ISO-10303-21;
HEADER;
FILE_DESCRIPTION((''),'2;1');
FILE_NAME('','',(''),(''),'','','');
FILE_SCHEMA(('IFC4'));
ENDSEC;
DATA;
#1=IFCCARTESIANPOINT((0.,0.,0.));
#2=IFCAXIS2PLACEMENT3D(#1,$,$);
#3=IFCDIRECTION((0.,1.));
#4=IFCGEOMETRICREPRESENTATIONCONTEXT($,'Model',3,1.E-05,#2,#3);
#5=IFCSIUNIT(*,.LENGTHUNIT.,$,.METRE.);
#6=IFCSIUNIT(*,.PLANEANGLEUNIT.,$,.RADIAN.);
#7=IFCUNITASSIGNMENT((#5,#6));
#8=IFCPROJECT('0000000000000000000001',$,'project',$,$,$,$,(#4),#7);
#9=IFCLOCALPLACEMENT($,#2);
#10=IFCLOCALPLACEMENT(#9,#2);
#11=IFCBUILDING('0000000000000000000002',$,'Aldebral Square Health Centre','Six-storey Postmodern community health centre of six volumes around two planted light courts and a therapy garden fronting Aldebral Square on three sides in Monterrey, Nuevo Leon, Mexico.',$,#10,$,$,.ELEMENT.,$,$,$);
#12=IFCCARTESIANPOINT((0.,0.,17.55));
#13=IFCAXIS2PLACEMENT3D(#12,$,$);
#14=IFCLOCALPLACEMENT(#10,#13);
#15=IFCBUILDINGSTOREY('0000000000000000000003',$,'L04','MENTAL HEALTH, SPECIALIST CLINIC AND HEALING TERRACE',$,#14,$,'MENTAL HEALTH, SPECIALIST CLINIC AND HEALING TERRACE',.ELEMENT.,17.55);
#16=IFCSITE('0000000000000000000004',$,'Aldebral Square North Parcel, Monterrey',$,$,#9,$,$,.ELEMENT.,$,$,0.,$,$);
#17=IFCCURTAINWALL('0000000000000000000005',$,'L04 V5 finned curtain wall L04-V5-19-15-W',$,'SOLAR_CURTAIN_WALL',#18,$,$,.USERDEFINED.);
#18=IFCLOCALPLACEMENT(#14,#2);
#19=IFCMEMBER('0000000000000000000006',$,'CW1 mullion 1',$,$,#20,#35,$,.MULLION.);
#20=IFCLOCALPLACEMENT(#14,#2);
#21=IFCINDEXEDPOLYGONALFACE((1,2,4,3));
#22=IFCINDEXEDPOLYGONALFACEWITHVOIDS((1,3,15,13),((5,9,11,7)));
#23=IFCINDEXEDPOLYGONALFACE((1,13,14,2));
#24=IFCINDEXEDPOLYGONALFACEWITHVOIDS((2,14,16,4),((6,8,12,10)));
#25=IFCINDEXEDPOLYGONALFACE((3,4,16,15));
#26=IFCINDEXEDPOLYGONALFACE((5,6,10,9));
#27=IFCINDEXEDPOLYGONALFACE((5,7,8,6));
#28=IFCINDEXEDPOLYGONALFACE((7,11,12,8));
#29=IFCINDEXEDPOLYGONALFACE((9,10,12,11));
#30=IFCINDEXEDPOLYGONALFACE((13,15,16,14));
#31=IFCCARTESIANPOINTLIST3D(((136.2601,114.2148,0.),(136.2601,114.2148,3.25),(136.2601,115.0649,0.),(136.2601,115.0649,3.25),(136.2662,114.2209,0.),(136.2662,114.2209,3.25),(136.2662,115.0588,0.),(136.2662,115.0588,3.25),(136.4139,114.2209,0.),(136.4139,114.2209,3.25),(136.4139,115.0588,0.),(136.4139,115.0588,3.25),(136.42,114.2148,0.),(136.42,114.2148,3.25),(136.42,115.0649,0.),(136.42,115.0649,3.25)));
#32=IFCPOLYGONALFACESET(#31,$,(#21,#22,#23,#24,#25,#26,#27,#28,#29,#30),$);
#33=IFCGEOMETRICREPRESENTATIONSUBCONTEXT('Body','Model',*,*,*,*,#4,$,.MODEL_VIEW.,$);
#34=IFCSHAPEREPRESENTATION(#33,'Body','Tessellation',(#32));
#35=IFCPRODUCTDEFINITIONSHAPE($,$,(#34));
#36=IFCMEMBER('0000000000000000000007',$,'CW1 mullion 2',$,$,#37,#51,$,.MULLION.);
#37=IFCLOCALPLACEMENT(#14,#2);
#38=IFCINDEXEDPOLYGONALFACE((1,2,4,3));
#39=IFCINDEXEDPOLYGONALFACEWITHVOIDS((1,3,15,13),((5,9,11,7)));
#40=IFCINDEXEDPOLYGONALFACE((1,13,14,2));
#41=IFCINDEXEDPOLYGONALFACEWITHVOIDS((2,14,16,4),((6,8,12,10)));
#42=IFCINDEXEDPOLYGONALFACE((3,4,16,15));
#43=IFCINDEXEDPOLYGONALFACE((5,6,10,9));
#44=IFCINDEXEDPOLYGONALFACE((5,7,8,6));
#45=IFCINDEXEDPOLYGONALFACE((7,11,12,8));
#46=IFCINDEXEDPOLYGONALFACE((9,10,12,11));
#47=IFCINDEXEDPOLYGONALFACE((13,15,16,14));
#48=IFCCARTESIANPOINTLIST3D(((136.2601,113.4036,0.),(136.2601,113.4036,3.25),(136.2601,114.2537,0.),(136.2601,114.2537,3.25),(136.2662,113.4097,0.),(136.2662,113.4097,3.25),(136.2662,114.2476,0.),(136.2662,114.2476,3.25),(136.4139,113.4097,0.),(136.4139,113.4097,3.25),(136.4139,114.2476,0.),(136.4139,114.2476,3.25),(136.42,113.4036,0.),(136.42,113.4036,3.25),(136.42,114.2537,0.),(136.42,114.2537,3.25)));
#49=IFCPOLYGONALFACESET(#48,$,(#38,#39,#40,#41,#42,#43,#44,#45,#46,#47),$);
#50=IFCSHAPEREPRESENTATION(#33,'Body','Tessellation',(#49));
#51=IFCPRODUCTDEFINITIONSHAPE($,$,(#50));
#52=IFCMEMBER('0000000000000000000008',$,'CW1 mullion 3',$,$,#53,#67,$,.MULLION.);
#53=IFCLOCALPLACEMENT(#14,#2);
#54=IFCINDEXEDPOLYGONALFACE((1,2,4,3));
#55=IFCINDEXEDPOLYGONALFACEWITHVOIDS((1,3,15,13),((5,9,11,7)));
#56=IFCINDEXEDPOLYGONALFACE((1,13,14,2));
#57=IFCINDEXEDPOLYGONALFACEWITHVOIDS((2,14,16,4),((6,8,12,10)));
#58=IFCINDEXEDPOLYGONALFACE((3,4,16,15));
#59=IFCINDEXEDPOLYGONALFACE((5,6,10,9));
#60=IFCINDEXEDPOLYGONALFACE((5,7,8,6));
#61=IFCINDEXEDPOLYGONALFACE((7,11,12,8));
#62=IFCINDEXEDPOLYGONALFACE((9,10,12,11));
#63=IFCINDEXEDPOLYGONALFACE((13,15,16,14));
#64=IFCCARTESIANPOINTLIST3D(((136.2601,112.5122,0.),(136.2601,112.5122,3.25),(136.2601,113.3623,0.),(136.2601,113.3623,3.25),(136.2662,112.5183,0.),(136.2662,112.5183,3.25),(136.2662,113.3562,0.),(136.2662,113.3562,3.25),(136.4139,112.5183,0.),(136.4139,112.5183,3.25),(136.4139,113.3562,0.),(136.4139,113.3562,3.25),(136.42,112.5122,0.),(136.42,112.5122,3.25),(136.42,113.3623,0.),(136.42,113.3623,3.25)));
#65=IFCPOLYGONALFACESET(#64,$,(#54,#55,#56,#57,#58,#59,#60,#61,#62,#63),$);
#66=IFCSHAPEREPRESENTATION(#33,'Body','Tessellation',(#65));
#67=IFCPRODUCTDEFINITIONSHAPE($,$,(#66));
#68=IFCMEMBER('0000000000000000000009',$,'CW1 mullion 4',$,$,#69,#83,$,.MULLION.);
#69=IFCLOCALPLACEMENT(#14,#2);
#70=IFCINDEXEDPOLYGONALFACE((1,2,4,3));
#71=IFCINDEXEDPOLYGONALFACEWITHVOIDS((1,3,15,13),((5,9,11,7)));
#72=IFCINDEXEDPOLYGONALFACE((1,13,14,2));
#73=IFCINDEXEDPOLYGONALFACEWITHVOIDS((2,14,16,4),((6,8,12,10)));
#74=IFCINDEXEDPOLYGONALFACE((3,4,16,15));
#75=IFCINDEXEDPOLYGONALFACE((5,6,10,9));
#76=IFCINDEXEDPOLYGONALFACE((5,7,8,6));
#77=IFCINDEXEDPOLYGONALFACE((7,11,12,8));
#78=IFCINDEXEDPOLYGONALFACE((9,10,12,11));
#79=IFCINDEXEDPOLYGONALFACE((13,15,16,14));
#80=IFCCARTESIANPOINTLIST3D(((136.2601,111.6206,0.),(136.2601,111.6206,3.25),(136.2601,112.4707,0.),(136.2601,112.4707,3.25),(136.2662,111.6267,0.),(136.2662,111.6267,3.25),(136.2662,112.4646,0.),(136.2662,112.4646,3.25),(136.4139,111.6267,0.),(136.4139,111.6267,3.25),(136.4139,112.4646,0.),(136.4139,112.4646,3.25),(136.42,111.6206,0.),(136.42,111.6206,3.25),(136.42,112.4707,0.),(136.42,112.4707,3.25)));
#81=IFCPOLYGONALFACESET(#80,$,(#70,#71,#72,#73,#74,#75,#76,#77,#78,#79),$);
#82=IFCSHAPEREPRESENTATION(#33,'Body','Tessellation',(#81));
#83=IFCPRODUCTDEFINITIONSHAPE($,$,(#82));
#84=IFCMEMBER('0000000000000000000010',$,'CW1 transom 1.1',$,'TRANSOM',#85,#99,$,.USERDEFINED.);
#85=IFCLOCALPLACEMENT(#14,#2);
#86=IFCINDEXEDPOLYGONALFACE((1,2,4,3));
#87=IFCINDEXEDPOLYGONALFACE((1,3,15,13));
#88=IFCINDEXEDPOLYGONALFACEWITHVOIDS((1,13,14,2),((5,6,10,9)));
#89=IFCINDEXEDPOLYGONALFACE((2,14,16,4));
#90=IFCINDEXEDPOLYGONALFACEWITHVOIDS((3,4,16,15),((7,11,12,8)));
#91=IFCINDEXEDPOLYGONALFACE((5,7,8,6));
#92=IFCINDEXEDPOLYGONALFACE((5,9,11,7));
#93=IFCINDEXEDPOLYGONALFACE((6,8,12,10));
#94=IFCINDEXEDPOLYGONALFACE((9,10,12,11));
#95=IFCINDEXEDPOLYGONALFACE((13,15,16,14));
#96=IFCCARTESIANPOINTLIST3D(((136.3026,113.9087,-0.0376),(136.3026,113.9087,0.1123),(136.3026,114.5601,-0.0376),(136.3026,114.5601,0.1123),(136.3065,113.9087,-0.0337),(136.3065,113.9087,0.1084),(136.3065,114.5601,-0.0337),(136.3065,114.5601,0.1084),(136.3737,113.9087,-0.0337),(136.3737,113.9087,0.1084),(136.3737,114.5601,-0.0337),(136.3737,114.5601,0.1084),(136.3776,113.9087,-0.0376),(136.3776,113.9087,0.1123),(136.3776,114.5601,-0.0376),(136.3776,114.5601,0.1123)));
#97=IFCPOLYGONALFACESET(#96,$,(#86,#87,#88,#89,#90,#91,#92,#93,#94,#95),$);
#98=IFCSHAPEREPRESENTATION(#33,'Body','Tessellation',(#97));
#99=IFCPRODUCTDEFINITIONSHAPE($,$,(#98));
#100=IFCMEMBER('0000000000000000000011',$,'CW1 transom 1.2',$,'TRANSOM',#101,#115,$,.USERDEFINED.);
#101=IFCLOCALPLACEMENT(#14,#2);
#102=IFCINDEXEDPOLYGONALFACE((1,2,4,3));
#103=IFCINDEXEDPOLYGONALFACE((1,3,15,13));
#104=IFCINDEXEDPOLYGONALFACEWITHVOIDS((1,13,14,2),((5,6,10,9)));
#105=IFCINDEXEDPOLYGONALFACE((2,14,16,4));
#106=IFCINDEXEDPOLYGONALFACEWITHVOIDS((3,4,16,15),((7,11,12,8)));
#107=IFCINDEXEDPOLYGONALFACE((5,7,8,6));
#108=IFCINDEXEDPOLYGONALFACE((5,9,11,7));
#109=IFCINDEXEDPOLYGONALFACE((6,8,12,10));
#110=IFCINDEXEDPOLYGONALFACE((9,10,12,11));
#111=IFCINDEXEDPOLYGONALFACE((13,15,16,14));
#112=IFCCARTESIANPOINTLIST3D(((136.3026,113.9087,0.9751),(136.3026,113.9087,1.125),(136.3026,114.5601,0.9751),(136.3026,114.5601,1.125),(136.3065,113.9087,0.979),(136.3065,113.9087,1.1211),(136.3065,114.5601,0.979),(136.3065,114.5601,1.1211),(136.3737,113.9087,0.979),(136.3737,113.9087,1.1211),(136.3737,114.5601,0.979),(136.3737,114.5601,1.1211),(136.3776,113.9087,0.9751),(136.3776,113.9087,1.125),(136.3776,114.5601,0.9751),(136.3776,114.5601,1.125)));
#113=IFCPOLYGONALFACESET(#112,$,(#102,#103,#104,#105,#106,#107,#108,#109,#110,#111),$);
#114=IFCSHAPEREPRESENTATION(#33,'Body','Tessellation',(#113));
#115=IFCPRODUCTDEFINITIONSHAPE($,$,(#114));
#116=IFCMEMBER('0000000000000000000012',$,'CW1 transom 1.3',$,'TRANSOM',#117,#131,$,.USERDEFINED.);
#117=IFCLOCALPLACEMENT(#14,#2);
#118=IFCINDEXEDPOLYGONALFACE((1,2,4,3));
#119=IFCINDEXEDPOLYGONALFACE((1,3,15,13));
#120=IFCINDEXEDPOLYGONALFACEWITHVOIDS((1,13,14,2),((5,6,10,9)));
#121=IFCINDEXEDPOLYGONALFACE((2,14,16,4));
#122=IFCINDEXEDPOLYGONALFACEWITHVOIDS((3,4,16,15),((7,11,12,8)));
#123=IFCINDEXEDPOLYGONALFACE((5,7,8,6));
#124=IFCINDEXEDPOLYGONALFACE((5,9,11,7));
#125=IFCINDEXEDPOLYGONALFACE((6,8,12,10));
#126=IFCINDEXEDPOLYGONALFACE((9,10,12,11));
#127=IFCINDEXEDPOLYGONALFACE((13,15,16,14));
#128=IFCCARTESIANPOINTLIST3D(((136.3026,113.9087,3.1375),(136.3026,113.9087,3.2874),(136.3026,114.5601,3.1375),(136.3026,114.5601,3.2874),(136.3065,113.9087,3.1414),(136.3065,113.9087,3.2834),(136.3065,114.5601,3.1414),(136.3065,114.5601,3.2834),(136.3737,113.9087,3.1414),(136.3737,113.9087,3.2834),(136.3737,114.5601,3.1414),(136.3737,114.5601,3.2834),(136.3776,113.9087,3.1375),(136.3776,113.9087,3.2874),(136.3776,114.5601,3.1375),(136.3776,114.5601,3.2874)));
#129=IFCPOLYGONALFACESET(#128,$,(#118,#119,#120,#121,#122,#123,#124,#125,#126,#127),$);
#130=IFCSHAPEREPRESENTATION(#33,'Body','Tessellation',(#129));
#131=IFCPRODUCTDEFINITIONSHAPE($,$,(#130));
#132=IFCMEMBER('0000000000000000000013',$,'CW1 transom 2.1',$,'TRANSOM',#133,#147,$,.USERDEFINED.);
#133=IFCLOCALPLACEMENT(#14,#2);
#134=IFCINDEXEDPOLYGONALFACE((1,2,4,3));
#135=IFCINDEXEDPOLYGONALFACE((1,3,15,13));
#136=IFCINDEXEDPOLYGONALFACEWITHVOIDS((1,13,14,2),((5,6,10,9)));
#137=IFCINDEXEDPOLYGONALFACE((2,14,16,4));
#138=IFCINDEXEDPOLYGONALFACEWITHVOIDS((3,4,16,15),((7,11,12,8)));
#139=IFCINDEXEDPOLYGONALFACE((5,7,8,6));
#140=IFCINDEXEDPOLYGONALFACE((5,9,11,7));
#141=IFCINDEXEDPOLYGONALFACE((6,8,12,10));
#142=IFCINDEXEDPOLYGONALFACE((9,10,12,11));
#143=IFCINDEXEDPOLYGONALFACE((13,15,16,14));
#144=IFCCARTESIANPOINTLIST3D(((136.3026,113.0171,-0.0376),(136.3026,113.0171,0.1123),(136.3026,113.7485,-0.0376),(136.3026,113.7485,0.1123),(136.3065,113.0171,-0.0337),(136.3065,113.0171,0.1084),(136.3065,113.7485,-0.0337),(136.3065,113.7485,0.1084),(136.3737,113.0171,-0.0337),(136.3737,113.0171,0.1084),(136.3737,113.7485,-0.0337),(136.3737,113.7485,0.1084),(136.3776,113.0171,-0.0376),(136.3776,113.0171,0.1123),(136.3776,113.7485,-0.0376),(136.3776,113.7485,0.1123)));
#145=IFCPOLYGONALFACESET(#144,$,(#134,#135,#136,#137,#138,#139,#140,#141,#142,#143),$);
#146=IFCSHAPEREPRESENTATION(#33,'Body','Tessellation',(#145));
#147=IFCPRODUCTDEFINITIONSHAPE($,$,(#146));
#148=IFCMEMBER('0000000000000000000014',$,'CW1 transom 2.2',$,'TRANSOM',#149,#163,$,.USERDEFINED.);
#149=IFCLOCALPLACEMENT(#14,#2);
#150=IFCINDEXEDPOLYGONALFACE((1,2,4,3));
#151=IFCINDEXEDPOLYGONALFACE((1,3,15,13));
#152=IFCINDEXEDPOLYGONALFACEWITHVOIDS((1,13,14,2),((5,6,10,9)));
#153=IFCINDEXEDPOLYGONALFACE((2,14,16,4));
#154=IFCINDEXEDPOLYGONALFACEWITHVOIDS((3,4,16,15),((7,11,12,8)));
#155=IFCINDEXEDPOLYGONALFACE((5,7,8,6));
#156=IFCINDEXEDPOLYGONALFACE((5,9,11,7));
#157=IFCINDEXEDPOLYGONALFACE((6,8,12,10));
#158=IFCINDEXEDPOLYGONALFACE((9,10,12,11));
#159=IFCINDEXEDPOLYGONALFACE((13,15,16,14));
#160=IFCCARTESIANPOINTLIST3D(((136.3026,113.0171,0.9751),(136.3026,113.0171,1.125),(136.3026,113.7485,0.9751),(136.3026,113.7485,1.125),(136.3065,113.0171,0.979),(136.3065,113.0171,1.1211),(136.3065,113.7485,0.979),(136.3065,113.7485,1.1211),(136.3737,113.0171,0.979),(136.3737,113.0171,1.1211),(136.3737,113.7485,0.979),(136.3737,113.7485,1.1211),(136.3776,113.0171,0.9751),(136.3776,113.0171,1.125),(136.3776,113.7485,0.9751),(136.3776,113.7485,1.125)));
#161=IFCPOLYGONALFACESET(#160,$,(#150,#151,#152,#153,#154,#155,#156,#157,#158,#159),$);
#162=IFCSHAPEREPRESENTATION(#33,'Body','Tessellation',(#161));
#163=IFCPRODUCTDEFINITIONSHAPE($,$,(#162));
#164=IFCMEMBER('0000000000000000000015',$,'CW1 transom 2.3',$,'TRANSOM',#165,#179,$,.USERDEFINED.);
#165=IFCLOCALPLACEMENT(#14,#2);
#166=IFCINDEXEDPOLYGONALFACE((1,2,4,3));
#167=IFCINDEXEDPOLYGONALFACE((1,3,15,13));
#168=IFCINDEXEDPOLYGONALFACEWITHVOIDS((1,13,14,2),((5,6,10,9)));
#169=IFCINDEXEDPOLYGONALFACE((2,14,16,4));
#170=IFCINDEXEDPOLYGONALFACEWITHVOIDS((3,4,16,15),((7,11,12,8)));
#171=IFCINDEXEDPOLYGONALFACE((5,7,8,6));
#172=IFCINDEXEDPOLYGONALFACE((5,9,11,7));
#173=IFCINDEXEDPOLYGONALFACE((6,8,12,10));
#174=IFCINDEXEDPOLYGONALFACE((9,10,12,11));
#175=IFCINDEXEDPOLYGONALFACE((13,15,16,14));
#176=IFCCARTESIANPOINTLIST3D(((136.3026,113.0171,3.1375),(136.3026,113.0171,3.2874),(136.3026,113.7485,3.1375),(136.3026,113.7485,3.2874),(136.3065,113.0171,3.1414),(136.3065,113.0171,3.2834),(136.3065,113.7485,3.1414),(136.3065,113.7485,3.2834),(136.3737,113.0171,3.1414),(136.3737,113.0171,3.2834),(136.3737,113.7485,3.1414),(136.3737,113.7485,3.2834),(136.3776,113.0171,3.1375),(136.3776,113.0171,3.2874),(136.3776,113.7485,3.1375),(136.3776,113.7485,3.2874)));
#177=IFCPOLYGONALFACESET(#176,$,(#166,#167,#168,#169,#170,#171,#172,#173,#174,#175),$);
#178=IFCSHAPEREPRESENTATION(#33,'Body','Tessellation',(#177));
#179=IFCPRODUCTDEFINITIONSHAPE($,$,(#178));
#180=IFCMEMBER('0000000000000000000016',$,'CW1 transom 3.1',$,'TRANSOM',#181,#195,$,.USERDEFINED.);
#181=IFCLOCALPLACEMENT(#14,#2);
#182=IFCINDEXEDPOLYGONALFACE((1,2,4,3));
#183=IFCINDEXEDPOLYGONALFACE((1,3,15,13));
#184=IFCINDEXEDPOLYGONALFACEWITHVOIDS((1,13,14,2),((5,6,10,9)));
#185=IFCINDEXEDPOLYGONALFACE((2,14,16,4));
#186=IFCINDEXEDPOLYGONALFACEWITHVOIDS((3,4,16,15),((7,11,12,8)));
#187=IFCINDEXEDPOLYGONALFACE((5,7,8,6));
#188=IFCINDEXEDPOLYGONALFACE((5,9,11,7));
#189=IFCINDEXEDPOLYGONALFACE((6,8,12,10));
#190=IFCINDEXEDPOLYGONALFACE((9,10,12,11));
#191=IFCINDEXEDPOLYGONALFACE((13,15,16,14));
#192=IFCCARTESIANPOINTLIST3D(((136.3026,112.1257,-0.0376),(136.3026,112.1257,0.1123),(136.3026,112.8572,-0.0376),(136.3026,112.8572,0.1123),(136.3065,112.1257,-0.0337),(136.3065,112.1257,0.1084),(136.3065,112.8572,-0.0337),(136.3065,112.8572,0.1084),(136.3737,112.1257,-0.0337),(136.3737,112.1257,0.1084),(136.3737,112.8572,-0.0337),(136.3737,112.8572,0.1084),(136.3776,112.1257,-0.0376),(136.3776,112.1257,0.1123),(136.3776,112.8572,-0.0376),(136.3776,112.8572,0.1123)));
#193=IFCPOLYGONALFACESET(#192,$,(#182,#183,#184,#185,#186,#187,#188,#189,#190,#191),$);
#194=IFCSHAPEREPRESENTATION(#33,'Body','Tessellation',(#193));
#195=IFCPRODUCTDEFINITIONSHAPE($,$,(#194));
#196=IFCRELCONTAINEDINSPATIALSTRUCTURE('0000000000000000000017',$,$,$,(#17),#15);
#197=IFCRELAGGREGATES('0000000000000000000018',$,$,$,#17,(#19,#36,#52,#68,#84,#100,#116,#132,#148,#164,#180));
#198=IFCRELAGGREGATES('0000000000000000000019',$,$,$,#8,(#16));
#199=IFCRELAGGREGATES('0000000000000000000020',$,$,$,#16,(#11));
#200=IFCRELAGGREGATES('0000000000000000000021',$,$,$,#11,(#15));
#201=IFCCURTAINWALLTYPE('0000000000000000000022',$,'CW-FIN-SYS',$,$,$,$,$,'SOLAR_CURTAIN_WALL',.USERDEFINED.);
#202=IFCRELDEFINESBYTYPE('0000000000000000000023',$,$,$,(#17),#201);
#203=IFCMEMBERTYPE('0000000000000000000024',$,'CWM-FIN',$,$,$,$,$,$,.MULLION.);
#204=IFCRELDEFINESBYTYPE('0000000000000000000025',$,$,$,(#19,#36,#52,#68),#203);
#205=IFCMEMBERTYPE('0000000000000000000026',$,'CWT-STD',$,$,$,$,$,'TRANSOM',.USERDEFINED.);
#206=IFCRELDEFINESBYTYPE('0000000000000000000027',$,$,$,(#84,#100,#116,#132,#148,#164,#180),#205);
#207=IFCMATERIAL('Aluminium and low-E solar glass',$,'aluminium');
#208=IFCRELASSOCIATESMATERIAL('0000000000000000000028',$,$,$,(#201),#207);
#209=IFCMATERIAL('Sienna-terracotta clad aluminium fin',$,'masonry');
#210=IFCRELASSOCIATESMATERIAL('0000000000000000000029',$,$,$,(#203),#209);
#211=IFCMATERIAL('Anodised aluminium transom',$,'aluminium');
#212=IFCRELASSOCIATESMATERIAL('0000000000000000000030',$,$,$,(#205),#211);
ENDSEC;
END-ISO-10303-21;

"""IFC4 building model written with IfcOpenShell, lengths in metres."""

from ifc_helpers import new_model, si_unit, direction, frame, origin, origin_2d, place, context, subcontext, project, spatial, hollow_rectangle, extrude, material, material_profile, profile_set, type_object, element, aggregate, save


model = new_model("IFC4")

# Units and contexts
model_context = context("Model", 3, precision=1e-05, world=origin(), true_north=direction((0.0, 1.0)))
body_context = subcontext(model_context, "Body", "Model", "MODEL_VIEW")
ifc_project = project(units=[si_unit("LENGTHUNIT", "METRE"), si_unit("PLANEANGLEUNIT", "RADIAN")], contexts=[model_context])

# Site, building, storey
site_placement = place(None, origin())
site = spatial("IfcSite", under=ifc_project, at=site_placement, Name="Aldebral Square North Parcel, Monterrey", CompositionType="ELEMENT", RefElevation=0.0)
building_placement = place(site_placement, origin())
building = spatial("IfcBuilding", under=site, at=building_placement, Name="Aldebral Square Health Centre", Description="Six-storey Postmodern community health centre of six volumes around two planted light courts and a therapy garden fronting Aldebral Square on three sides in Monterrey, Nuevo Leon, Mexico.", CompositionType="ELEMENT")
storey_placement = place(building_placement, frame((0.0, 0.0, 17.55)))
storey = spatial("IfcBuildingStorey", under=building, at=storey_placement, Name="L04", Description="MENTAL HEALTH, SPECIALIST CLINIC AND HEALING TERRACE", LongName="MENTAL HEALTH, SPECIALIST CLINIC AND HEALING TERRACE", CompositionType="ELEMENT", Elevation=17.55)

# Curtain wall, members
ifc_material_1 = material(Name="Aluminium and low-E solar glass", Category="aluminium")
curtain_wall_type = type_object("IfcCurtainWallType", Name="CW-FIN-SYS", ElementType="SOLAR_CURTAIN_WALL", PredefinedType="USERDEFINED", material=ifc_material_1)
curtain_wall_placement = place(storey_placement, origin())
curtain_wall = element("IfcCurtainWall", 1, at=curtain_wall_placement, inside=storey, type_object=curtain_wall_type, Name="L04 V5 finned curtain wall L04-V5-19-15-W", ObjectType="SOLAR_CURTAIN_WALL", PredefinedType="USERDEFINED")
ifc_material_2 = material(Name="Sienna-terracotta clad aluminium fin", Category="masonry")
ifc_material_profile_1 = material_profile(ifc_material_2, hollow_rectangle(XDim=0.1599, YDim=0.8501, WallThickness=0.0061, at=origin_2d()), Name="FIN 160x850x6")
ifc_profile_set_1 = profile_set([ifc_material_profile_1], Name="Sienna-terracotta clad aluminium fin")
member_type_1 = type_object("IfcMemberType", Name="CWM-FIN", PredefinedType="MULLION", material=ifc_profile_set_1)
member_1_placement = place(storey_placement, frame((136.3401, 114.6399, 0.0), z_axis=(0.0, 0.0, 1.0), x_axis=(1.0, 0.0, 0.0)))
member_1 = element("IfcMember", 2, at=member_1_placement, type_object=member_type_1, Name="CW1 mullion 1", PredefinedType="MULLION", context=body_context, shape_type="SweptSolid", body=[
    extrude(hollow_rectangle(XDim=0.1599, YDim=0.8501, WallThickness=0.0061, at=origin_2d()), origin(), (0.0, 0.0, 1.0), 3.25),
])
member_2_placement = place(storey_placement, frame((136.3401, 113.8286, 0.0), z_axis=(0.0, 0.0, 1.0), x_axis=(1.0, 0.0, 0.0)))
member_2 = element("IfcMember", 3, at=member_2_placement, type_object=member_type_1, Name="CW1 mullion 2", PredefinedType="MULLION", context=body_context, shape_type="SweptSolid", body=[
    extrude(hollow_rectangle(XDim=0.1599, YDim=0.8501, WallThickness=0.0061, at=origin_2d()), origin(), (0.0, 0.0, 1.0), 3.25),
])
member_3_placement = place(storey_placement, frame((136.3401, 112.9373, 0.0), z_axis=(0.0, 0.0, 1.0), x_axis=(1.0, 0.0, 0.0)))
member_3 = element("IfcMember", 4, at=member_3_placement, type_object=member_type_1, Name="CW1 mullion 3", PredefinedType="MULLION", context=body_context, shape_type="SweptSolid", body=[
    extrude(hollow_rectangle(XDim=0.1599, YDim=0.8501, WallThickness=0.0061, at=origin_2d()), origin(), (0.0, 0.0, 1.0), 3.25),
])
member_4_placement = place(storey_placement, frame((136.3401, 112.0457, 0.0), z_axis=(0.0, 0.0, 1.0), x_axis=(1.0, 0.0, 0.0)))
member_4 = element("IfcMember", 5, at=member_4_placement, type_object=member_type_1, Name="CW1 mullion 4", PredefinedType="MULLION", context=body_context, shape_type="SweptSolid", body=[
    extrude(hollow_rectangle(XDim=0.1599, YDim=0.8501, WallThickness=0.0061, at=origin_2d()), origin(), (0.0, 0.0, 1.0), 3.25),
])
ifc_material_3 = material(Name="Anodised aluminium transom", Category="aluminium")
ifc_material_profile_2 = material_profile(ifc_material_3, hollow_rectangle(XDim=0.075, YDim=0.1499, WallThickness=0.0039, at=origin_2d()), Name="CWT 75x150x4")
ifc_profile_set_2 = profile_set([ifc_material_profile_2], Name="Anodised aluminium transom")
member_type_2 = type_object("IfcMemberType", Name="CWT-STD", ElementType="TRANSOM", PredefinedType="USERDEFINED", material=ifc_profile_set_2)
member_5_placement = place(storey_placement, frame((136.3401, 114.5601, 0.0374), z_axis=(0.0, -1.0, 0.0), x_axis=(1.0, 0.0, 0.0)))
member_5 = element("IfcMember", 6, at=member_5_placement, type_object=member_type_2, Name="CW1 transom 1.1", ObjectType="TRANSOM", PredefinedType="USERDEFINED", context=body_context, shape_type="SweptSolid", body=[
    extrude(hollow_rectangle(XDim=0.075, YDim=0.1499, WallThickness=0.0039, at=origin_2d()), origin(), (0.0, 0.0, 1.0), 0.6514),
])
member_6_placement = place(storey_placement, frame((136.3401, 114.5601, 1.05), z_axis=(0.0, -1.0, 0.0), x_axis=(1.0, 0.0, 0.0)))
member_6 = element("IfcMember", 7, at=member_6_placement, type_object=member_type_2, Name="CW1 transom 1.2", ObjectType="TRANSOM", PredefinedType="USERDEFINED", context=body_context, shape_type="SweptSolid", body=[
    extrude(hollow_rectangle(XDim=0.075, YDim=0.1499, WallThickness=0.0039, at=origin_2d()), origin(), (0.0, 0.0, 1.0), 0.6514),
])
member_7_placement = place(storey_placement, frame((136.3401, 114.5601, 3.2124), z_axis=(0.0, -1.0, 0.0), x_axis=(1.0, 0.0, 0.0)))
member_7 = element("IfcMember", 8, at=member_7_placement, type_object=member_type_2, Name="CW1 transom 1.3", ObjectType="TRANSOM", PredefinedType="USERDEFINED", context=body_context, shape_type="SweptSolid", body=[
    extrude(hollow_rectangle(XDim=0.075, YDim=0.1499, WallThickness=0.0039, at=origin_2d()), origin(), (0.0, 0.0, 1.0), 0.6514),
])
member_8_placement = place(storey_placement, frame((136.3401, 113.7485, 0.0374), z_axis=(0.0, -1.0, 0.0), x_axis=(1.0, 0.0, 0.0)))
member_8 = element("IfcMember", 9, at=member_8_placement, type_object=member_type_2, Name="CW1 transom 2.1", ObjectType="TRANSOM", PredefinedType="USERDEFINED", context=body_context, shape_type="SweptSolid", body=[
    extrude(hollow_rectangle(XDim=0.075, YDim=0.1499, WallThickness=0.0039, at=origin_2d()), origin(), (0.0, 0.0, 1.0), 0.7314),
])
member_9_placement = place(storey_placement, frame((136.3401, 113.7485, 1.05), z_axis=(0.0, -1.0, 0.0), x_axis=(1.0, 0.0, 0.0)))
member_9 = element("IfcMember", 10, at=member_9_placement, type_object=member_type_2, Name="CW1 transom 2.2", ObjectType="TRANSOM", PredefinedType="USERDEFINED", context=body_context, shape_type="SweptSolid", body=[
    extrude(hollow_rectangle(XDim=0.075, YDim=0.1499, WallThickness=0.0039, at=origin_2d()), origin(), (0.0, 0.0, 1.0), 0.7314),
])
member_10_placement = place(storey_placement, frame((136.3401, 113.7485, 3.2124), z_axis=(0.0, -1.0, 0.0), x_axis=(1.0, 0.0, 0.0)))
member_10 = element("IfcMember", 11, at=member_10_placement, type_object=member_type_2, Name="CW1 transom 2.3", ObjectType="TRANSOM", PredefinedType="USERDEFINED", context=body_context, shape_type="SweptSolid", body=[
    extrude(hollow_rectangle(XDim=0.075, YDim=0.1499, WallThickness=0.0039, at=origin_2d()), origin(), (0.0, 0.0, 1.0), 0.7314),
])
member_11_placement = place(storey_placement, frame((136.3401, 112.8572, 0.0374), z_axis=(0.0, -1.0, 0.0), x_axis=(1.0, 0.0, 0.0)))
member_11 = element("IfcMember", 12, at=member_11_placement, type_object=member_type_2, Name="CW1 transom 3.1", ObjectType="TRANSOM", PredefinedType="USERDEFINED", context=body_context, shape_type="SweptSolid", body=[
    extrude(hollow_rectangle(XDim=0.075, YDim=0.1499, WallThickness=0.0039, at=origin_2d()), origin(), (0.0, 0.0, 1.0), 0.7314),
])
aggregate(curtain_wall, [member_1, member_2, member_3, member_4, member_5, member_6, member_7, member_8, member_9, member_10, member_11])

save(model, "model.ifc")
